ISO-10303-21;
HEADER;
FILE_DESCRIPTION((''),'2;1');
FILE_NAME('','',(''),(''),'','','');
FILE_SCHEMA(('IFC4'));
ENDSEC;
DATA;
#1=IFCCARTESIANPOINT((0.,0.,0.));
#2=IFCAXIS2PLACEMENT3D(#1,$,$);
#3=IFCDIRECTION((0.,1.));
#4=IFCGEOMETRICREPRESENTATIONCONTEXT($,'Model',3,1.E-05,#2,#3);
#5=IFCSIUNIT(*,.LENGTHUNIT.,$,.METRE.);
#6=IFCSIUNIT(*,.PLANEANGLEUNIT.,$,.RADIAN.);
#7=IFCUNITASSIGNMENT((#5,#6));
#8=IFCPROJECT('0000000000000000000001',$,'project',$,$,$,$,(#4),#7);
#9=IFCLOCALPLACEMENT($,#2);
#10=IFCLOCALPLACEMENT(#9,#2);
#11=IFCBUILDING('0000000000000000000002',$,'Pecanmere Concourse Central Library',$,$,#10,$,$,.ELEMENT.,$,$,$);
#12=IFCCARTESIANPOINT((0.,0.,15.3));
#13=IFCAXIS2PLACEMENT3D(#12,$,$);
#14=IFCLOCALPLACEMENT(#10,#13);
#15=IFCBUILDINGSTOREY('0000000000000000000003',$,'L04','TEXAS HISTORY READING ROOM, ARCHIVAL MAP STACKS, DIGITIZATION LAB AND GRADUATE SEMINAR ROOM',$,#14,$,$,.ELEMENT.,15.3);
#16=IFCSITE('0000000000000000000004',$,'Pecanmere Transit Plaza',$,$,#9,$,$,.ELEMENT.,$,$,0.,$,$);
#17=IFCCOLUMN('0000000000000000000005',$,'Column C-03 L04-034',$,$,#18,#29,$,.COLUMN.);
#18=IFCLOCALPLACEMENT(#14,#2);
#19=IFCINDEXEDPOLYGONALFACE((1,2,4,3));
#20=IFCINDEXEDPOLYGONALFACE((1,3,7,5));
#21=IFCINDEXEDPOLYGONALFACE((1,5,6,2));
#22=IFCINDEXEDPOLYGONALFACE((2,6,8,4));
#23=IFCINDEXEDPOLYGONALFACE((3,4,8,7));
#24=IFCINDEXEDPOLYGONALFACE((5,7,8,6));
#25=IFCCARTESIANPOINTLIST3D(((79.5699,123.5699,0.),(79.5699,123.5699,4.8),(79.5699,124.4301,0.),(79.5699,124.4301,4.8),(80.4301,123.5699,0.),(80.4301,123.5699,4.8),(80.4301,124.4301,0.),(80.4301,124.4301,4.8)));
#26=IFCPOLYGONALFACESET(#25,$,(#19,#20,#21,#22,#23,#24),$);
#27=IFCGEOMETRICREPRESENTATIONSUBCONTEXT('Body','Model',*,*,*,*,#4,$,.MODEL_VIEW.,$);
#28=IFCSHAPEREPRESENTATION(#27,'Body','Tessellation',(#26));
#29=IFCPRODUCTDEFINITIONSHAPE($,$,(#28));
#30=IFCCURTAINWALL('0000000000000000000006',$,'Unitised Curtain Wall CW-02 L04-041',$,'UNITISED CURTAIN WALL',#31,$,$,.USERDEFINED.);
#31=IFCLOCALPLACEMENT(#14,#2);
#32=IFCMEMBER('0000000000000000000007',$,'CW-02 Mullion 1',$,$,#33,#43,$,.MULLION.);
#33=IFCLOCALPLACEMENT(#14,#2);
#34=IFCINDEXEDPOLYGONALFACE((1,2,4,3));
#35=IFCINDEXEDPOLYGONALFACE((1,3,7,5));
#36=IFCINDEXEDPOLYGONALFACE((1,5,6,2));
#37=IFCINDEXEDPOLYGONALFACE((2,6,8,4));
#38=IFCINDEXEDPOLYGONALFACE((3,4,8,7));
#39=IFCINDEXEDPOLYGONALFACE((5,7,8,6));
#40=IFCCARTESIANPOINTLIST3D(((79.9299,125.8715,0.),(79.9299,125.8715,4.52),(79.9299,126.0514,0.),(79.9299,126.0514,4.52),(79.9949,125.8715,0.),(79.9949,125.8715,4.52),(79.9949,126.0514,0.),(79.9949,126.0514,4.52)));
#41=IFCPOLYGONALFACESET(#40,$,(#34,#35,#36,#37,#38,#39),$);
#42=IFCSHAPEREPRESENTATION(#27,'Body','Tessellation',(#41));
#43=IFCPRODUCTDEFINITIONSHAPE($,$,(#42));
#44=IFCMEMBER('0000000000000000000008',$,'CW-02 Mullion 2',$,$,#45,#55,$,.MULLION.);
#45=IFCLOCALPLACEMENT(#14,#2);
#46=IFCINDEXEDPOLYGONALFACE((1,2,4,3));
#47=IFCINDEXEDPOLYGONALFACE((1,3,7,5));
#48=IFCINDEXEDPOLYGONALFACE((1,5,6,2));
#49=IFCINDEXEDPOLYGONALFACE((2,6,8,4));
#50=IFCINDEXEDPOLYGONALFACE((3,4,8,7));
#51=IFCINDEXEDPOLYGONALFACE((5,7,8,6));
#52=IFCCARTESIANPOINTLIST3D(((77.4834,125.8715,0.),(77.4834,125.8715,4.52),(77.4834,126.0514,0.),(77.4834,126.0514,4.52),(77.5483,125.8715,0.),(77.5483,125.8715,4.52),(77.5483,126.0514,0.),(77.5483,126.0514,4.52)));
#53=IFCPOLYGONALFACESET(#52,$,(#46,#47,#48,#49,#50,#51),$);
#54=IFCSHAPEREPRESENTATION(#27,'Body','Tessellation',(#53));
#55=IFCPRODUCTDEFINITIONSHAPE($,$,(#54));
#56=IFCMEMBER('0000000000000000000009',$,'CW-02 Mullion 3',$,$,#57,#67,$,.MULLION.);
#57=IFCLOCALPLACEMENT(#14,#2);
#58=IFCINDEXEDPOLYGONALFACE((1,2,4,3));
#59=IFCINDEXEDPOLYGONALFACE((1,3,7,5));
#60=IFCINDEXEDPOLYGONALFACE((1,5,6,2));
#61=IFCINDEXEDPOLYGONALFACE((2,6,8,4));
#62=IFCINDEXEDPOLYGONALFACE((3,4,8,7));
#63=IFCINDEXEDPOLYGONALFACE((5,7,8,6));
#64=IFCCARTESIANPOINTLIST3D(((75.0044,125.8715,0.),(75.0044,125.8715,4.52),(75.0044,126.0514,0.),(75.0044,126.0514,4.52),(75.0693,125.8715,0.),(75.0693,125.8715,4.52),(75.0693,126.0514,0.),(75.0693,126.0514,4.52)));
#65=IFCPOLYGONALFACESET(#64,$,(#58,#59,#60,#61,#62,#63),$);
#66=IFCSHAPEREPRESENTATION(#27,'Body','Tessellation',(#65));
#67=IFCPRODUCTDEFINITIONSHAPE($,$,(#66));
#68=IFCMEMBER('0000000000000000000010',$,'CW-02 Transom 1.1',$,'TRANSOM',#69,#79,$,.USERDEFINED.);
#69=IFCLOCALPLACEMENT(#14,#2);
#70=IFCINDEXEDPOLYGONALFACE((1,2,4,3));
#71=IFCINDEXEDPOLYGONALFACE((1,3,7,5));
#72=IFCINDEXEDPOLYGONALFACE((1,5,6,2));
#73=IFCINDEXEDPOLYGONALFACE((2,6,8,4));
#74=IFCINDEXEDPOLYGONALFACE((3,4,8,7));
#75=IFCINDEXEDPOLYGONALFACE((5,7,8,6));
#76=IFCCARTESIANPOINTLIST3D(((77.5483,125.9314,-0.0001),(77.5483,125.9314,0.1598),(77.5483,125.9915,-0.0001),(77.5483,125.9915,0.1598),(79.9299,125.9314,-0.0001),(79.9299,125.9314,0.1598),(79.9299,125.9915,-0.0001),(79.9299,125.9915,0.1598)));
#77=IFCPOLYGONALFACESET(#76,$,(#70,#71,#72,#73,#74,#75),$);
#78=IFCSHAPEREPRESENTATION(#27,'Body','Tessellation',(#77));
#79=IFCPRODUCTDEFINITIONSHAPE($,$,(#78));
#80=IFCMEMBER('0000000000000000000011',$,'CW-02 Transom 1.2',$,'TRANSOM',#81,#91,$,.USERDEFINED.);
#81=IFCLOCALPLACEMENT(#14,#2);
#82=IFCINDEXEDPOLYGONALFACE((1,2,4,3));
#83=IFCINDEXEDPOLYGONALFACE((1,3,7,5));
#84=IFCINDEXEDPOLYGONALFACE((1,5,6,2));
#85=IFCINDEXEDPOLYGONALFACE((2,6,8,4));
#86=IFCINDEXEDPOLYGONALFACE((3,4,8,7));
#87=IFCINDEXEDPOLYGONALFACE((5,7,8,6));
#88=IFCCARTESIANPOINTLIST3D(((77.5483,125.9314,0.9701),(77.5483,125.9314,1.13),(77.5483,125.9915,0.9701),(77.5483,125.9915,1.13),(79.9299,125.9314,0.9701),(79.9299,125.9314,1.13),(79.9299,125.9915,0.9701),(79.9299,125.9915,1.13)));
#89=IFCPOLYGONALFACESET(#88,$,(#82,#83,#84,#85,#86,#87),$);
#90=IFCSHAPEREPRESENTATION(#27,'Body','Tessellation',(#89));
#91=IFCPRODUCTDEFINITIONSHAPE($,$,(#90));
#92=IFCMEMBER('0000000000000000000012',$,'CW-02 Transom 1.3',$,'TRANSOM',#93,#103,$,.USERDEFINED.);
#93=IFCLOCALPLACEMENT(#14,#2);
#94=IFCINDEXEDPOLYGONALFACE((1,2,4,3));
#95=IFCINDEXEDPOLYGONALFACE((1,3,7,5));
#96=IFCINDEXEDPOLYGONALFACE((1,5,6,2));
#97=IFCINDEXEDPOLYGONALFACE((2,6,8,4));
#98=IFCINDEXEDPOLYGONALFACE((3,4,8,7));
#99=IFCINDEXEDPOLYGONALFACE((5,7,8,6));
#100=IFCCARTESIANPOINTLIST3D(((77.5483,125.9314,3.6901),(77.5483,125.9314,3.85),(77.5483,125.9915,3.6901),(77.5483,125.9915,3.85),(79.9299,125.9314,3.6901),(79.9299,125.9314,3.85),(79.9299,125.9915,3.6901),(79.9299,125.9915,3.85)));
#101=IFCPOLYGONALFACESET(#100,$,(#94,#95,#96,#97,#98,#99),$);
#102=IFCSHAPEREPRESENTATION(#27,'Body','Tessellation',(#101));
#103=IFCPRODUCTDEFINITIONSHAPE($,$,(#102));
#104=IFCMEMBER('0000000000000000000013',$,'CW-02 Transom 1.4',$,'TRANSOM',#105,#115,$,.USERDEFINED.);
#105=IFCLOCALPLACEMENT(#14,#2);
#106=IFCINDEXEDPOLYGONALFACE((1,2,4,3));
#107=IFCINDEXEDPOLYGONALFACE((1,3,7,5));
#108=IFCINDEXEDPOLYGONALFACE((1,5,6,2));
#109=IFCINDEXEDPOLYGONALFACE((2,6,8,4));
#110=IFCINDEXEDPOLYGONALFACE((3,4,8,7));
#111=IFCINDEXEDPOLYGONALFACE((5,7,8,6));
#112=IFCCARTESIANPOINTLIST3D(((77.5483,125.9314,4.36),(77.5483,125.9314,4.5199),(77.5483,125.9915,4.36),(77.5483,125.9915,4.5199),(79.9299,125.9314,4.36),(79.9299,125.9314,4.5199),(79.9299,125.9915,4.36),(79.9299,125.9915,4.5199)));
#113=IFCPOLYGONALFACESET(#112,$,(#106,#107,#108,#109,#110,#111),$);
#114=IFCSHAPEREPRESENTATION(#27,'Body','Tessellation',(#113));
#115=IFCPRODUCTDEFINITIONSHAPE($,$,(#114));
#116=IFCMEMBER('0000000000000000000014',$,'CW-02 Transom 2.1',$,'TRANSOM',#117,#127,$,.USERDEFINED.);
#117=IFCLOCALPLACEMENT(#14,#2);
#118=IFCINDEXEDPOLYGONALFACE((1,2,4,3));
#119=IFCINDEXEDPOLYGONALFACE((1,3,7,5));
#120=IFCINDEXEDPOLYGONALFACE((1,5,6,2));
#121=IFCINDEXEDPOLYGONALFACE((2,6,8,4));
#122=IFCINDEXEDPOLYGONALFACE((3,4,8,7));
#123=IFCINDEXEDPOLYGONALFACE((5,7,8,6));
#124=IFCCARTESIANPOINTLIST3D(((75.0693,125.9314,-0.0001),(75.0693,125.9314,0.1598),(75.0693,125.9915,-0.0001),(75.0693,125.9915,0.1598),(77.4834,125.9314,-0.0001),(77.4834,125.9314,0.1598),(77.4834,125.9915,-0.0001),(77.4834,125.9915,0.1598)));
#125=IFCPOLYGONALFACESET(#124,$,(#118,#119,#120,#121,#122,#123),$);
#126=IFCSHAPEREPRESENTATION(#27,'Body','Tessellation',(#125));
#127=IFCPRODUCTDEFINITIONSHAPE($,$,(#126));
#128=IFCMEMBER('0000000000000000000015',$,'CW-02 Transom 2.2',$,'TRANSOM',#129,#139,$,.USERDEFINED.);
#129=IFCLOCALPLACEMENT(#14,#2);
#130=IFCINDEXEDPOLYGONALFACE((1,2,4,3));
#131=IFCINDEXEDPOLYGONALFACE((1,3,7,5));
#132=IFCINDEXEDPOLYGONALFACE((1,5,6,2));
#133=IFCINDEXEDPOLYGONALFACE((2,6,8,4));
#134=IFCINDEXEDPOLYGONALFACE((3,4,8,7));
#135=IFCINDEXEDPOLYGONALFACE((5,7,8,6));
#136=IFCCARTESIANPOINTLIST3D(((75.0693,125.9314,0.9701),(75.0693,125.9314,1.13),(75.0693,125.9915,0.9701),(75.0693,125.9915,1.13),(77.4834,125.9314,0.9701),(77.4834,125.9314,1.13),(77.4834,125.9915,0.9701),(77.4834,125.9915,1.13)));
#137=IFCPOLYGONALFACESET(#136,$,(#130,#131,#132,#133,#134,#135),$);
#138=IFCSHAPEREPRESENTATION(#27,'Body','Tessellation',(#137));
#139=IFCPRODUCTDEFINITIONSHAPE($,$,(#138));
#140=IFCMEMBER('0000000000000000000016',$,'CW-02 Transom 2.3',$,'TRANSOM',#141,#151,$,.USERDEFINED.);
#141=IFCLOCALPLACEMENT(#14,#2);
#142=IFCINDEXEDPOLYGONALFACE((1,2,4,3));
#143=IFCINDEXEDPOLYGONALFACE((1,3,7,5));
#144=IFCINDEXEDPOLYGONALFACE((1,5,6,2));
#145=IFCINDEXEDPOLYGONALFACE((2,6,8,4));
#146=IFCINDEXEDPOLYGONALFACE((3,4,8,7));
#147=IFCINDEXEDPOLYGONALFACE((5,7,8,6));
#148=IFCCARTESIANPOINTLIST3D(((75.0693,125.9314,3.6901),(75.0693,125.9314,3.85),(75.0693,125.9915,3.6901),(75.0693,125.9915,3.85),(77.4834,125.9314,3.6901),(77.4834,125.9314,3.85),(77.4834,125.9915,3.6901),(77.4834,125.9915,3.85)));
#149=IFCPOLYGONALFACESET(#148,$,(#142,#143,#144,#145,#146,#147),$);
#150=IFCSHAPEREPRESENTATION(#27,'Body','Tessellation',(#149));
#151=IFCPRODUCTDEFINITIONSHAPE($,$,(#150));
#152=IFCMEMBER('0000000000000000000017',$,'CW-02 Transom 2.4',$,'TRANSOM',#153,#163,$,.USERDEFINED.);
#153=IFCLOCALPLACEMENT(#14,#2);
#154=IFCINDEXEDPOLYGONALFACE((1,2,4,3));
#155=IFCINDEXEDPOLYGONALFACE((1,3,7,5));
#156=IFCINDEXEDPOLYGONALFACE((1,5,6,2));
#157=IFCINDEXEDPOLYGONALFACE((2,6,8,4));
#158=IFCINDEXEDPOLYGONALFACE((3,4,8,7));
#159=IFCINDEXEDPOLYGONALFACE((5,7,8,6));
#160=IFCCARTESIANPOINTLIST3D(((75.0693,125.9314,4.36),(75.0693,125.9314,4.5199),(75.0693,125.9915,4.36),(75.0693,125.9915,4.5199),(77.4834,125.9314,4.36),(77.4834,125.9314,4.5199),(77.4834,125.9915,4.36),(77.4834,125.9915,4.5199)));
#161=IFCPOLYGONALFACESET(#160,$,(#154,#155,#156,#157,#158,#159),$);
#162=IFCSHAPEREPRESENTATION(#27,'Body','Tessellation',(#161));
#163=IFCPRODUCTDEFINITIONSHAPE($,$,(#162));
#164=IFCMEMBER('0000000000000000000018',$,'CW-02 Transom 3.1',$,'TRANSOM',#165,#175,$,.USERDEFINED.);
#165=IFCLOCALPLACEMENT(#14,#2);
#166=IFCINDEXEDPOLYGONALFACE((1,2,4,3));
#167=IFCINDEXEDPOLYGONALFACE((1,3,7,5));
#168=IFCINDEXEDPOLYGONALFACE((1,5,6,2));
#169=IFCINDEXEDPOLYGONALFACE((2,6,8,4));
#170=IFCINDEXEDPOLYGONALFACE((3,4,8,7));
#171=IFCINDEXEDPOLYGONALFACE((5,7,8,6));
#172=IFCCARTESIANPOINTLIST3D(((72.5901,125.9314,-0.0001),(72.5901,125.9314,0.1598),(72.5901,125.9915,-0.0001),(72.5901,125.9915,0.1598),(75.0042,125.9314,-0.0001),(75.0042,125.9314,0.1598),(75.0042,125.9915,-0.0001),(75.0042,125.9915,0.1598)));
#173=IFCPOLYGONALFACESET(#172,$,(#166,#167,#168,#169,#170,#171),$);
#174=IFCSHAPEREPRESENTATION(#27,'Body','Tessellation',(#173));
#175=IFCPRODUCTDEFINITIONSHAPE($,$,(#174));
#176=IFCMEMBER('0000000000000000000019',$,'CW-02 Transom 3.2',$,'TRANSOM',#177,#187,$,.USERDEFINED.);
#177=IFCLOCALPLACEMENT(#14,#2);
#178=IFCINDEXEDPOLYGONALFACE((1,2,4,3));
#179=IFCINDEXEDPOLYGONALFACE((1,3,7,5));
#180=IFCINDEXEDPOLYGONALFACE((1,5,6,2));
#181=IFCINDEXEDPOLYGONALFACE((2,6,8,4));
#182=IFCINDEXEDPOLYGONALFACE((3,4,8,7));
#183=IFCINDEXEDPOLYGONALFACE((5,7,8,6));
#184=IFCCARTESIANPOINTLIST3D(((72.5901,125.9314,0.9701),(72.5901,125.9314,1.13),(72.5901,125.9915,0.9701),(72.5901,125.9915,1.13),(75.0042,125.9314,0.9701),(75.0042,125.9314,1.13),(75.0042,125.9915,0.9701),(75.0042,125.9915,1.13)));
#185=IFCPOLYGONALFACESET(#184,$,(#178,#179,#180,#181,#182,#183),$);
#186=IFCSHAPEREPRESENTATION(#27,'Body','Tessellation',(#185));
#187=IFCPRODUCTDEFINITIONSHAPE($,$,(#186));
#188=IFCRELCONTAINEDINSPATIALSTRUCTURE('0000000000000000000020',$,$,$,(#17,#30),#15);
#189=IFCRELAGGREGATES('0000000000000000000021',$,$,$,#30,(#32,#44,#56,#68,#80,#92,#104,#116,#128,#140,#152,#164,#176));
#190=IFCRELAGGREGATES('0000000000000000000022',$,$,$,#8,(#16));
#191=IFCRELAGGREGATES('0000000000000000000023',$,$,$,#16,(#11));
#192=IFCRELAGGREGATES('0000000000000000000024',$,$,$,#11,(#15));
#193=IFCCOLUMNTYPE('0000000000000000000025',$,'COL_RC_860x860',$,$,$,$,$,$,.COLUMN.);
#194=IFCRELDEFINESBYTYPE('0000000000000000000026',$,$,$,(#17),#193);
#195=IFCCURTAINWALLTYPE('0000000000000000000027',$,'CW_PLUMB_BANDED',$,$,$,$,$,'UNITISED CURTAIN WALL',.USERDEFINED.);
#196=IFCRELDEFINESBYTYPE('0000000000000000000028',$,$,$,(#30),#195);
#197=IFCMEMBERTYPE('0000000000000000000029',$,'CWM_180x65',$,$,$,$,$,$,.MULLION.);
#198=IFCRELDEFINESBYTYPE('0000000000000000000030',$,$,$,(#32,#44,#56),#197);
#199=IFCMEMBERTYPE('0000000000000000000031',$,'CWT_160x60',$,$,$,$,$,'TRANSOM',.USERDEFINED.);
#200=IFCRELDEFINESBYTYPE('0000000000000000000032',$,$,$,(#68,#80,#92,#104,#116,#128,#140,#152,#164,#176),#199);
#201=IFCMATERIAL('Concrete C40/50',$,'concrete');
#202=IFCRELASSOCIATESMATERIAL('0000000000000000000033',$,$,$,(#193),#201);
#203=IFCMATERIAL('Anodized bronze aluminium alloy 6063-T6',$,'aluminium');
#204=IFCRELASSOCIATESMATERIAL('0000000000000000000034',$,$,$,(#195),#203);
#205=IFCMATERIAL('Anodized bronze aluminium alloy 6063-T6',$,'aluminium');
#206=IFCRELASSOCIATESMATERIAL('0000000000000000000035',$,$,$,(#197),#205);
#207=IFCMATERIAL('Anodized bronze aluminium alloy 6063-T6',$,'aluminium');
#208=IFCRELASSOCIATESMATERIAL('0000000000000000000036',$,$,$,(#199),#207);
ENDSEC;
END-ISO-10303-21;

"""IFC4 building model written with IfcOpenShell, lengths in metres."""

from ifc_helpers import new_model, si_unit, direction, frame, origin, origin_2d, place, context, subcontext, project, spatial, rectangle, extrude, material, material_profile, profile_set, type_object, element, aggregate, save


model = new_model("IFC4")

# Units and contexts
model_context = context("Model", 3, precision=1e-05, world=origin(), true_north=direction((0.0, 1.0)))
body_context = subcontext(model_context, "Body", "Model", "MODEL_VIEW")
ifc_project = project(units=[si_unit("LENGTHUNIT", "METRE"), si_unit("PLANEANGLEUNIT", "RADIAN")], contexts=[model_context])

# Site, building, storey
site_placement = place(None, origin())
site = spatial("IfcSite", under=ifc_project, at=site_placement, Name="Pecanmere Transit Plaza", CompositionType="ELEMENT", RefElevation=0.0)
building_placement = place(site_placement, origin())
building = spatial("IfcBuilding", under=site, at=building_placement, Name="Pecanmere Concourse Central Library", CompositionType="ELEMENT")
storey_placement = place(building_placement, frame((0.0, 0.0, 15.3)))
storey = spatial("IfcBuildingStorey", under=building, at=storey_placement, Name="L04", Description="TEXAS HISTORY READING ROOM, ARCHIVAL MAP STACKS, DIGITIZATION LAB AND GRADUATE SEMINAR ROOM", CompositionType="ELEMENT", Elevation=15.3)

# Column
ifc_material_1 = material(Name="Concrete C40/50", Category="concrete")
ifc_material_profile_1 = material_profile(ifc_material_1, rectangle(XDim=0.8601, YDim=0.8601, at=origin_2d()), Name="RC 860x860")
ifc_profile_set_1 = profile_set([ifc_material_profile_1], Name="Concrete C40/50")
column_type = type_object("IfcColumnType", Name="COL_RC_860x860", PredefinedType="COLUMN", material=ifc_profile_set_1)
column_placement = place(storey_placement, frame((80.0, 124.0, 0.0), z_axis=(0.0, 0.0, 1.0), x_axis=(1.0, 0.0, 0.0)))
element("IfcColumn", 1, at=column_placement, inside=storey, type_object=column_type, Name="Column C-03 L04-034", PredefinedType="COLUMN", context=body_context, shape_type="SweptSolid", body=[
    extrude(rectangle(XDim=0.8601, YDim=0.8601, at=origin_2d()), origin(), (0.0, 0.0, 1.0), 4.8),
])

# Curtain wall, members
ifc_material_2 = material(Name="Anodized bronze aluminium alloy 6063-T6", Category="aluminium")
curtain_wall_type = type_object("IfcCurtainWallType", Name="CW_PLUMB_BANDED", ElementType="UNITISED CURTAIN WALL", PredefinedType="USERDEFINED", material=ifc_material_2)
curtain_wall_placement = place(storey_placement, origin())
curtain_wall = element("IfcCurtainWall", 2, at=curtain_wall_placement, inside=storey, type_object=curtain_wall_type, Name="Unitised Curtain Wall CW-02 L04-041", ObjectType="UNITISED CURTAIN WALL", PredefinedType="USERDEFINED")
ifc_material_3 = material(Name="Anodized bronze aluminium alloy 6063-T6", Category="aluminium")
ifc_material_profile_2 = material_profile(ifc_material_3, rectangle(XDim=0.0649, YDim=0.1799, at=origin_2d()), Name="AL 65x180")
ifc_profile_set_2 = profile_set([ifc_material_profile_2], Name="Anodized bronze aluminium alloy 6063-T6")
member_type_1 = type_object("IfcMemberType", Name="CWM_180x65", PredefinedType="MULLION", material=ifc_profile_set_2)
member_1_placement = place(storey_placement, frame((79.9624, 125.9614, 0.0), z_axis=(0.0, 0.0, 1.0), x_axis=(-1.0, 0.0, 0.0)))
member_1 = element("IfcMember", 3, at=member_1_placement, type_object=member_type_1, Name="CW-02 Mullion 1", PredefinedType="MULLION", context=body_context, shape_type="SweptSolid", body=[
    extrude(rectangle(XDim=0.0649, YDim=0.1799, at=origin_2d()), origin(), (0.0, 0.0, 1.0), 4.52),
])
member_2_placement = place(storey_placement, frame((77.5159, 125.9614, 0.0), z_axis=(0.0, 0.0, 1.0), x_axis=(-1.0, 0.0, 0.0)))
member_2 = element("IfcMember", 4, at=member_2_placement, type_object=member_type_1, Name="CW-02 Mullion 2", PredefinedType="MULLION", context=body_context, shape_type="SweptSolid", body=[
    extrude(rectangle(XDim=0.0649, YDim=0.1799, at=origin_2d()), origin(), (0.0, 0.0, 1.0), 4.52),
])
member_3_placement = place(storey_placement, frame((75.0369, 125.9614, 0.0), z_axis=(0.0, 0.0, 1.0), x_axis=(-1.0, 0.0, 0.0)))
member_3 = element("IfcMember", 5, at=member_3_placement, type_object=member_type_1, Name="CW-02 Mullion 3", PredefinedType="MULLION", context=body_context, shape_type="SweptSolid", body=[
    extrude(rectangle(XDim=0.0649, YDim=0.1799, at=origin_2d()), origin(), (0.0, 0.0, 1.0), 4.52),
])
ifc_material_4 = material(Name="Anodized bronze aluminium alloy 6063-T6", Category="aluminium")
ifc_material_profile_3 = material_profile(ifc_material_4, rectangle(XDim=0.0601, YDim=0.1599, at=origin_2d()), Name="AL 60x160")
ifc_profile_set_3 = profile_set([ifc_material_profile_3], Name="Anodized bronze aluminium alloy 6063-T6")
member_type_2 = type_object("IfcMemberType", Name="CWT_160x60", ElementType="TRANSOM", PredefinedType="USERDEFINED", material=ifc_profile_set_3)
member_4_placement = place(storey_placement, frame((79.9299, 125.9614, 0.0798), z_axis=(-1.0, 0.0, 0.0), x_axis=(0.0, -1.0, 0.0)))
member_4 = element("IfcMember", 6, at=member_4_placement, type_object=member_type_2, Name="CW-02 Transom 1.1", ObjectType="TRANSOM", PredefinedType="USERDEFINED", context=body_context, shape_type="SweptSolid", body=[
    extrude(rectangle(XDim=0.0601, YDim=0.1599, at=origin_2d()), origin(), (0.0, 0.0, 1.0), 2.3816),
])
member_5_placement = place(storey_placement, frame((79.9299, 125.9614, 1.05), z_axis=(-1.0, 0.0, 0.0), x_axis=(0.0, -1.0, 0.0)))
member_5 = element("IfcMember", 7, at=member_5_placement, type_object=member_type_2, Name="CW-02 Transom 1.2", ObjectType="TRANSOM", PredefinedType="USERDEFINED", context=body_context, shape_type="SweptSolid", body=[
    extrude(rectangle(XDim=0.0601, YDim=0.1599, at=origin_2d()), origin(), (0.0, 0.0, 1.0), 2.3816),
])
member_6_placement = place(storey_placement, frame((79.9299, 125.9614, 3.77), z_axis=(-1.0, 0.0, 0.0), x_axis=(0.0, -1.0, 0.0)))
member_6 = element("IfcMember", 8, at=member_6_placement, type_object=member_type_2, Name="CW-02 Transom 1.3", ObjectType="TRANSOM", PredefinedType="USERDEFINED", context=body_context, shape_type="SweptSolid", body=[
    extrude(rectangle(XDim=0.0601, YDim=0.1599, at=origin_2d()), origin(), (0.0, 0.0, 1.0), 2.3816),
])
member_7_placement = place(storey_placement, frame((79.9299, 125.9614, 4.4399), z_axis=(-1.0, 0.0, 0.0), x_axis=(0.0, -1.0, 0.0)))
member_7 = element("IfcMember", 9, at=member_7_placement, type_object=member_type_2, Name="CW-02 Transom 1.4", ObjectType="TRANSOM", PredefinedType="USERDEFINED", context=body_context, shape_type="SweptSolid", body=[
    extrude(rectangle(XDim=0.0601, YDim=0.1599, at=origin_2d()), origin(), (0.0, 0.0, 1.0), 2.3816),
])
member_8_placement = place(storey_placement, frame((77.4834, 125.9614, 0.0798), z_axis=(-1.0, 0.0, 0.0), x_axis=(0.0, -1.0, 0.0)))
member_8 = element("IfcMember", 10, at=member_8_placement, type_object=member_type_2, Name="CW-02 Transom 2.1", ObjectType="TRANSOM", PredefinedType="USERDEFINED", context=body_context, shape_type="SweptSolid", body=[
    extrude(rectangle(XDim=0.0601, YDim=0.1599, at=origin_2d()), origin(), (0.0, 0.0, 1.0), 2.4141),
])
member_9_placement = place(storey_placement, frame((77.4834, 125.9614, 1.05), z_axis=(-1.0, 0.0, 0.0), x_axis=(0.0, -1.0, 0.0)))
member_9 = element("IfcMember", 11, at=member_9_placement, type_object=member_type_2, Name="CW-02 Transom 2.2", ObjectType="TRANSOM", PredefinedType="USERDEFINED", context=body_context, shape_type="SweptSolid", body=[
    extrude(rectangle(XDim=0.0601, YDim=0.1599, at=origin_2d()), origin(), (0.0, 0.0, 1.0), 2.4141),
])
member_10_placement = place(storey_placement, frame((77.4834, 125.9614, 3.77), z_axis=(-1.0, 0.0, 0.0), x_axis=(0.0, -1.0, 0.0)))
member_10 = element("IfcMember", 12, at=member_10_placement, type_object=member_type_2, Name="CW-02 Transom 2.3", ObjectType="TRANSOM", PredefinedType="USERDEFINED", context=body_context, shape_type="SweptSolid", body=[
    extrude(rectangle(XDim=0.0601, YDim=0.1599, at=origin_2d()), origin(), (0.0, 0.0, 1.0), 2.4141),
])
member_11_placement = place(storey_placement, frame((77.4834, 125.9614, 4.4399), z_axis=(-1.0, 0.0, 0.0), x_axis=(0.0, -1.0, 0.0)))
member_11 = element("IfcMember", 13, at=member_11_placement, type_object=member_type_2, Name="CW-02 Transom 2.4", ObjectType="TRANSOM", PredefinedType="USERDEFINED", context=body_context, shape_type="SweptSolid", body=[
    extrude(rectangle(XDim=0.0601, YDim=0.1599, at=origin_2d()), origin(), (0.0, 0.0, 1.0), 2.4141),
])
member_12_placement = place(storey_placement, frame((75.0042, 125.9614, 0.0798), z_axis=(-1.0, 0.0, 0.0), x_axis=(0.0, -1.0, 0.0)))
member_12 = element("IfcMember", 14, at=member_12_placement, type_object=member_type_2, Name="CW-02 Transom 3.1", ObjectType="TRANSOM", PredefinedType="USERDEFINED", context=body_context, shape_type="SweptSolid", body=[
    extrude(rectangle(XDim=0.0601, YDim=0.1599, at=origin_2d()), origin(), (0.0, 0.0, 1.0), 2.4141),
])
member_13_placement = place(storey_placement, frame((75.0042, 125.9614, 1.05), z_axis=(-1.0, 0.0, 0.0), x_axis=(0.0, -1.0, 0.0)))
member_13 = element("IfcMember", 15, at=member_13_placement, type_object=member_type_2, Name="CW-02 Transom 3.2", ObjectType="TRANSOM", PredefinedType="USERDEFINED", context=body_context, shape_type="SweptSolid", body=[
    extrude(rectangle(XDim=0.0601, YDim=0.1599, at=origin_2d()), origin(), (0.0, 0.0, 1.0), 2.4141),
])
aggregate(curtain_wall, [member_1, member_2, member_3, member_4, member_5, member_6, member_7, member_8, member_9, member_10, member_11, member_12, member_13])

save(model, "model.ifc")
